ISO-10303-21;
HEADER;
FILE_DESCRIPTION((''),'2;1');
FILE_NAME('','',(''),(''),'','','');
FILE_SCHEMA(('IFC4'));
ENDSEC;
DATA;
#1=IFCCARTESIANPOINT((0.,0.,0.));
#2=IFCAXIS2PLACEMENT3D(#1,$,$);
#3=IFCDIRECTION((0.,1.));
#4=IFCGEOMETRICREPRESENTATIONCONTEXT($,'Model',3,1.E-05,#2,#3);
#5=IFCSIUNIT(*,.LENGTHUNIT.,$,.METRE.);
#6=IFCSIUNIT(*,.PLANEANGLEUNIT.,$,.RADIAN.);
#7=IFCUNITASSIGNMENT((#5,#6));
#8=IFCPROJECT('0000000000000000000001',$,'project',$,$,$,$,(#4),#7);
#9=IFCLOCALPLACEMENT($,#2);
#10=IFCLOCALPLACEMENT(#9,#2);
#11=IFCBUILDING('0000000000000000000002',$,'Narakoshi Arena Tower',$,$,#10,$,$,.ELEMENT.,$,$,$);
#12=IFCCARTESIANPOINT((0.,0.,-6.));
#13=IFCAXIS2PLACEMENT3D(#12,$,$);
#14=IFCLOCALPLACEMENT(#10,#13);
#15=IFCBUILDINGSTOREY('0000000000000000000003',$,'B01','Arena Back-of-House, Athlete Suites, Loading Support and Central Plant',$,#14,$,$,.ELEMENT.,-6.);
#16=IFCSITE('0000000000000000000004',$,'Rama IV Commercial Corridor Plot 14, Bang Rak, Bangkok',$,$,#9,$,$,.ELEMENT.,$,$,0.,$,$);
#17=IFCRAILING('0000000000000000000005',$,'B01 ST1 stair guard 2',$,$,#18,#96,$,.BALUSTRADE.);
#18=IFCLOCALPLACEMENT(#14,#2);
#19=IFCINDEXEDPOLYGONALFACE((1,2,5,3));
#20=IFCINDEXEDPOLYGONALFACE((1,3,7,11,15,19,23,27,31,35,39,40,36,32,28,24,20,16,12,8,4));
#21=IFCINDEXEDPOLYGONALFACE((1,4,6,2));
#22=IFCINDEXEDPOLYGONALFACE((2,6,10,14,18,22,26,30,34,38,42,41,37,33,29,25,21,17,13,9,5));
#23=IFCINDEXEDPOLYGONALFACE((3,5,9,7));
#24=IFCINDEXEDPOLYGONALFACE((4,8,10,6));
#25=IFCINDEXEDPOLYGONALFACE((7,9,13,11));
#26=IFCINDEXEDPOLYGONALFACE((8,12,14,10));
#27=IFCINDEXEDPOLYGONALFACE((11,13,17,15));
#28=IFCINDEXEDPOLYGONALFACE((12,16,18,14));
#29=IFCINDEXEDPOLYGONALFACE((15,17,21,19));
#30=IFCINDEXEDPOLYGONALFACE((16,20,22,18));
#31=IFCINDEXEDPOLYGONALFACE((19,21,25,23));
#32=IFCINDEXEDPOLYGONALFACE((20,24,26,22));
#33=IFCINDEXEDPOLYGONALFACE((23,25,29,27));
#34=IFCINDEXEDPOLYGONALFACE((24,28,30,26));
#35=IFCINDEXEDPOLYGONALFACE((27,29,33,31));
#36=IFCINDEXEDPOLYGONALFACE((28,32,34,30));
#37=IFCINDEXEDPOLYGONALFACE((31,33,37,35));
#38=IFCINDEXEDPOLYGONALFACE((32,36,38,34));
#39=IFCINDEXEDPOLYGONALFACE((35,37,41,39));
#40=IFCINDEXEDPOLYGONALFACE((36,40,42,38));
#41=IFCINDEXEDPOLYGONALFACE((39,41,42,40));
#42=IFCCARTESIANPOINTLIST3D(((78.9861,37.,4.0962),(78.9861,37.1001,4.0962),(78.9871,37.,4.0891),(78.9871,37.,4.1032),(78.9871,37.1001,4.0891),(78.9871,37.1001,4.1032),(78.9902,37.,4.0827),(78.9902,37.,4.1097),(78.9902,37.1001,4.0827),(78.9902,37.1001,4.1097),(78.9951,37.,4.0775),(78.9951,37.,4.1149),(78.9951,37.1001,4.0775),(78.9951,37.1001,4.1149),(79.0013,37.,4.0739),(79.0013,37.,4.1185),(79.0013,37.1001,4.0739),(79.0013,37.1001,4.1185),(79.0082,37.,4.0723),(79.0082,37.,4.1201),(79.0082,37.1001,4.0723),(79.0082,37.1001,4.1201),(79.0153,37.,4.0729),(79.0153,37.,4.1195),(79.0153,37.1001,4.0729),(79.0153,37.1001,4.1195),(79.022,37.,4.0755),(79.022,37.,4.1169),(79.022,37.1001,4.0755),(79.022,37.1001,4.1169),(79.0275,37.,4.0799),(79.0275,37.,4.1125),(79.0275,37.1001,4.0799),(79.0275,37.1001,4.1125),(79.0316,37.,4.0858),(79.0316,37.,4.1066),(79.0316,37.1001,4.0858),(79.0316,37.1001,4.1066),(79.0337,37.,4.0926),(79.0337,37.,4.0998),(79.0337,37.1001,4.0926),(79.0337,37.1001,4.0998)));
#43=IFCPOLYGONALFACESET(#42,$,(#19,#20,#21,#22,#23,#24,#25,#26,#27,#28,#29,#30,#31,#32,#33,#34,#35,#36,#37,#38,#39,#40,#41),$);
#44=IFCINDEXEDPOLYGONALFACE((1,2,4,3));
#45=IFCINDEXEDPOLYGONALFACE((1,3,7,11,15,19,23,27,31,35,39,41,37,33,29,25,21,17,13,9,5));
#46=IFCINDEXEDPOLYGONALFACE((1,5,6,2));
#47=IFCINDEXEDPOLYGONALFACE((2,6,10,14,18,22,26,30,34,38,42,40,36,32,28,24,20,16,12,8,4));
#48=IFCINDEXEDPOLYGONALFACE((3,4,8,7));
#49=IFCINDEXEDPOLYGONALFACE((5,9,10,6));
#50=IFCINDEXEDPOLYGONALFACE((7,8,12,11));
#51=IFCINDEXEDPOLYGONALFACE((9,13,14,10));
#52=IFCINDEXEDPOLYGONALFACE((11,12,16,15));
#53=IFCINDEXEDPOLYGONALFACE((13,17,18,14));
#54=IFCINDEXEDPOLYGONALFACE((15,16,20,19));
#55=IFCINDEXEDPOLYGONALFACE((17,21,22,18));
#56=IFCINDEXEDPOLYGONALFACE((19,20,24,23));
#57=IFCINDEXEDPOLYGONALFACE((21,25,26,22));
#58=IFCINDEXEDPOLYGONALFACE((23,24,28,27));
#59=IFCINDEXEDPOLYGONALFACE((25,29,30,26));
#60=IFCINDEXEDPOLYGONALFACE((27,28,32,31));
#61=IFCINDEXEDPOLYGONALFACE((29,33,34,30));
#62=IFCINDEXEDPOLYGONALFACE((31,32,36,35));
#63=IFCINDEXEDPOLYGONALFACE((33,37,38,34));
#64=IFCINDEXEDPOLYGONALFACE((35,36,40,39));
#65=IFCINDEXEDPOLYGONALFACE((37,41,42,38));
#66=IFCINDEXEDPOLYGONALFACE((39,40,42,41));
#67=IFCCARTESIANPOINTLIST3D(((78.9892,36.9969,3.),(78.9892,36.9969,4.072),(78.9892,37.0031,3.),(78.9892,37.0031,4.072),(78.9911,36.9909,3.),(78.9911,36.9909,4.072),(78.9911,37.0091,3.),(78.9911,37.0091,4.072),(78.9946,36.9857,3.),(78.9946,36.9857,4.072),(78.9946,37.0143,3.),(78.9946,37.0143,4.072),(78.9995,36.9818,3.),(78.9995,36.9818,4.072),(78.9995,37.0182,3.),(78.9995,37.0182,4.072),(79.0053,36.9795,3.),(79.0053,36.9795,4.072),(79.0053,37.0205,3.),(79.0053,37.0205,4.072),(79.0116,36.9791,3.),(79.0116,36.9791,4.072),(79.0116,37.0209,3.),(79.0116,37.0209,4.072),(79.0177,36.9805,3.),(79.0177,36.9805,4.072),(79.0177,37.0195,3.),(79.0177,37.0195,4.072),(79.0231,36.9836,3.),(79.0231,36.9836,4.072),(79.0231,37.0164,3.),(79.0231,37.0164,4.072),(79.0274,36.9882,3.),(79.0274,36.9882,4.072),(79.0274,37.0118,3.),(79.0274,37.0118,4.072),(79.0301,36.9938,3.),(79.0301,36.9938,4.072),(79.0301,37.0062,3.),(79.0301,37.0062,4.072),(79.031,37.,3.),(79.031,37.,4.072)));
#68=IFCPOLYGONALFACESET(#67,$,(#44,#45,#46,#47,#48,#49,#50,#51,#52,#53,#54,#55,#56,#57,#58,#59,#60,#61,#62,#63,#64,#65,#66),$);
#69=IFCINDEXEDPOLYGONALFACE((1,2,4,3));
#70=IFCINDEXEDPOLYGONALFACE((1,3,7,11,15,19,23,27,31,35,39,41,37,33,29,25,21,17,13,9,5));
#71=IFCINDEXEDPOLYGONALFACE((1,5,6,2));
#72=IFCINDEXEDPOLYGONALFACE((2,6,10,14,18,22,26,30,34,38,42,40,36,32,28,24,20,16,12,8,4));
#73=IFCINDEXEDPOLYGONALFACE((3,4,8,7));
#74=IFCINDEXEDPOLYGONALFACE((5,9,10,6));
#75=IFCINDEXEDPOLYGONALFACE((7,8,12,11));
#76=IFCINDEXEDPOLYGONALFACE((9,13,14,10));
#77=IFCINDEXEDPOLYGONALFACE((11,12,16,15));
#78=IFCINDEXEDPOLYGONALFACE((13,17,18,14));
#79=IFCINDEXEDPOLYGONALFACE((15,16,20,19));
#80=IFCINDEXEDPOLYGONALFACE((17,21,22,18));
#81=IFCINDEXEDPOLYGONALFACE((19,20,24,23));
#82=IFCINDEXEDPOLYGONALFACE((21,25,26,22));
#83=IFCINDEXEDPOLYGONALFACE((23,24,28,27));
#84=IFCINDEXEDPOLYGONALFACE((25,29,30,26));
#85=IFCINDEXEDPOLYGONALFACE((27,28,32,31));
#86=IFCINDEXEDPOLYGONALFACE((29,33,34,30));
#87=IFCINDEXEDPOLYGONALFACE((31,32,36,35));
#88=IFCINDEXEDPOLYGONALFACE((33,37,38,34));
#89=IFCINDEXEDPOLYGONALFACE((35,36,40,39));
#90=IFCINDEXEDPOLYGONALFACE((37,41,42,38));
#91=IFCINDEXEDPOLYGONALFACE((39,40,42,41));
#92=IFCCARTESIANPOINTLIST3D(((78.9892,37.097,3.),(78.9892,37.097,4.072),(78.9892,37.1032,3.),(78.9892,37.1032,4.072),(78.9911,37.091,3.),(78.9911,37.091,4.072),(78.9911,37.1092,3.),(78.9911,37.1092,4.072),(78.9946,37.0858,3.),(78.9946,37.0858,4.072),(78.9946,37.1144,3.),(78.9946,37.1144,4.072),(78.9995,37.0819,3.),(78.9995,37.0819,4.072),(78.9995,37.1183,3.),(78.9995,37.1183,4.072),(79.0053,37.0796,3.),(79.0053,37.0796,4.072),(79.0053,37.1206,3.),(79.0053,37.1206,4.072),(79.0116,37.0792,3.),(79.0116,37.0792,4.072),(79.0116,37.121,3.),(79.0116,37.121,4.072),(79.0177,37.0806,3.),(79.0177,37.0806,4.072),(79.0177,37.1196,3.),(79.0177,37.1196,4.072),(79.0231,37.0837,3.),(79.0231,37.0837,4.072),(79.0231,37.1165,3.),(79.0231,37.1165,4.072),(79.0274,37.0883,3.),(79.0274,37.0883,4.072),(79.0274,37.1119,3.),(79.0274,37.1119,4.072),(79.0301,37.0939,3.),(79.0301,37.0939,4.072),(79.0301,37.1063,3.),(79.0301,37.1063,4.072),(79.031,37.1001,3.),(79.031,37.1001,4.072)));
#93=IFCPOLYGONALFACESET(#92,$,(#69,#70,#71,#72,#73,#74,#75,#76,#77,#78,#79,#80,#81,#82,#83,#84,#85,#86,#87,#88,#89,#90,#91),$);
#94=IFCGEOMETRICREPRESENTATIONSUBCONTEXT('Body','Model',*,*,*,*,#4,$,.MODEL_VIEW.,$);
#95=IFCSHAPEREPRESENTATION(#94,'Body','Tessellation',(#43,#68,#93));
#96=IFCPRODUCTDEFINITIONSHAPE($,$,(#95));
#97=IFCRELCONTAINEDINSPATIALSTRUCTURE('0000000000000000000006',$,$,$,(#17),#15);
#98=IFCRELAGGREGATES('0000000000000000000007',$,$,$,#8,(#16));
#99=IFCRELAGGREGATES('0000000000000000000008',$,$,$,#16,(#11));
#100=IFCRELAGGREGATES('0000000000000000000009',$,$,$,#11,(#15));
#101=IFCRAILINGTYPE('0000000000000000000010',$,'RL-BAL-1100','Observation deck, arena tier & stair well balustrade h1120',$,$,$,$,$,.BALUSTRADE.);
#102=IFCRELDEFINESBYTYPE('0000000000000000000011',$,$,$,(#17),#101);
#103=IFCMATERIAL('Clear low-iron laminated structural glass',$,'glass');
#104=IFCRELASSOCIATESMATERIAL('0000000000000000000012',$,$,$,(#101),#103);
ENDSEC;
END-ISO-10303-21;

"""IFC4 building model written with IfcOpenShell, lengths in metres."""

from ifc_helpers import new_model, si_unit, direction, frame, origin, origin_2d, place, context, subcontext, project, spatial, circle, extrude, material, type_object, element, save


model = new_model("IFC4")

# Units and contexts
model_context = context("Model", 3, precision=1e-05, world=origin(), true_north=direction((0.0, 1.0)))
body_context = subcontext(model_context, "Body", "Model", "MODEL_VIEW")
ifc_project = project(units=[si_unit("LENGTHUNIT", "METRE"), si_unit("PLANEANGLEUNIT", "RADIAN")], contexts=[model_context])

# Site, building, storey
site_placement = place(None, origin())
site = spatial("IfcSite", under=ifc_project, at=site_placement, Name="Rama IV Commercial Corridor Plot 14, Bang Rak, Bangkok", CompositionType="ELEMENT", RefElevation=0.0)
building_placement = place(site_placement, origin())
building = spatial("IfcBuilding", under=site, at=building_placement, Name="Narakoshi Arena Tower", CompositionType="ELEMENT")
storey_placement = place(building_placement, frame((0.0, 0.0, -6.0)))
storey = spatial("IfcBuildingStorey", under=building, at=storey_placement, Name="B01", Description="Arena Back-of-House, Athlete Suites, Loading Support and Central Plant", CompositionType="ELEMENT", Elevation=-6.0)

# Railing
ifc_material_1 = material(Name="Clear low-iron laminated structural glass", Category="glass")
railing_type_1 = type_object("IfcRailingType", Name="RL-BAL-1100", Description="Observation deck, arena tier & stair well balustrade h1120", PredefinedType="BALUSTRADE", material=ifc_material_1)
railing_1_placement = place(storey_placement, frame((79.01, 37.0, 3.0)))
element("IfcRailing", 1, at=railing_1_placement, inside=storey, type_object=railing_type_1, Name="B01 ST1 stair guard 2", PredefinedType="BALUSTRADE", context=body_context, shape_type="SweptSolid", body=[
    extrude(circle(Radius=0.0239, at=origin_2d()), frame((0.0, 0.0, 1.0962), z_axis=(0.0, 1.0, 0.0), x_axis=(-1.0, 0.0, 0.0)), (0.0, 0.0, 1.0), 0.1001),
    extrude(circle(Radius=0.021, at=origin_2d()), origin(), (0.0, 0.0, 1.0), 1.072),
    extrude(circle(Radius=0.021, at=origin_2d()), frame((0.0, 0.1001, 0.0)), (0.0, 0.0, 1.0), 1.072),
])

save(model, "model.ifc")
